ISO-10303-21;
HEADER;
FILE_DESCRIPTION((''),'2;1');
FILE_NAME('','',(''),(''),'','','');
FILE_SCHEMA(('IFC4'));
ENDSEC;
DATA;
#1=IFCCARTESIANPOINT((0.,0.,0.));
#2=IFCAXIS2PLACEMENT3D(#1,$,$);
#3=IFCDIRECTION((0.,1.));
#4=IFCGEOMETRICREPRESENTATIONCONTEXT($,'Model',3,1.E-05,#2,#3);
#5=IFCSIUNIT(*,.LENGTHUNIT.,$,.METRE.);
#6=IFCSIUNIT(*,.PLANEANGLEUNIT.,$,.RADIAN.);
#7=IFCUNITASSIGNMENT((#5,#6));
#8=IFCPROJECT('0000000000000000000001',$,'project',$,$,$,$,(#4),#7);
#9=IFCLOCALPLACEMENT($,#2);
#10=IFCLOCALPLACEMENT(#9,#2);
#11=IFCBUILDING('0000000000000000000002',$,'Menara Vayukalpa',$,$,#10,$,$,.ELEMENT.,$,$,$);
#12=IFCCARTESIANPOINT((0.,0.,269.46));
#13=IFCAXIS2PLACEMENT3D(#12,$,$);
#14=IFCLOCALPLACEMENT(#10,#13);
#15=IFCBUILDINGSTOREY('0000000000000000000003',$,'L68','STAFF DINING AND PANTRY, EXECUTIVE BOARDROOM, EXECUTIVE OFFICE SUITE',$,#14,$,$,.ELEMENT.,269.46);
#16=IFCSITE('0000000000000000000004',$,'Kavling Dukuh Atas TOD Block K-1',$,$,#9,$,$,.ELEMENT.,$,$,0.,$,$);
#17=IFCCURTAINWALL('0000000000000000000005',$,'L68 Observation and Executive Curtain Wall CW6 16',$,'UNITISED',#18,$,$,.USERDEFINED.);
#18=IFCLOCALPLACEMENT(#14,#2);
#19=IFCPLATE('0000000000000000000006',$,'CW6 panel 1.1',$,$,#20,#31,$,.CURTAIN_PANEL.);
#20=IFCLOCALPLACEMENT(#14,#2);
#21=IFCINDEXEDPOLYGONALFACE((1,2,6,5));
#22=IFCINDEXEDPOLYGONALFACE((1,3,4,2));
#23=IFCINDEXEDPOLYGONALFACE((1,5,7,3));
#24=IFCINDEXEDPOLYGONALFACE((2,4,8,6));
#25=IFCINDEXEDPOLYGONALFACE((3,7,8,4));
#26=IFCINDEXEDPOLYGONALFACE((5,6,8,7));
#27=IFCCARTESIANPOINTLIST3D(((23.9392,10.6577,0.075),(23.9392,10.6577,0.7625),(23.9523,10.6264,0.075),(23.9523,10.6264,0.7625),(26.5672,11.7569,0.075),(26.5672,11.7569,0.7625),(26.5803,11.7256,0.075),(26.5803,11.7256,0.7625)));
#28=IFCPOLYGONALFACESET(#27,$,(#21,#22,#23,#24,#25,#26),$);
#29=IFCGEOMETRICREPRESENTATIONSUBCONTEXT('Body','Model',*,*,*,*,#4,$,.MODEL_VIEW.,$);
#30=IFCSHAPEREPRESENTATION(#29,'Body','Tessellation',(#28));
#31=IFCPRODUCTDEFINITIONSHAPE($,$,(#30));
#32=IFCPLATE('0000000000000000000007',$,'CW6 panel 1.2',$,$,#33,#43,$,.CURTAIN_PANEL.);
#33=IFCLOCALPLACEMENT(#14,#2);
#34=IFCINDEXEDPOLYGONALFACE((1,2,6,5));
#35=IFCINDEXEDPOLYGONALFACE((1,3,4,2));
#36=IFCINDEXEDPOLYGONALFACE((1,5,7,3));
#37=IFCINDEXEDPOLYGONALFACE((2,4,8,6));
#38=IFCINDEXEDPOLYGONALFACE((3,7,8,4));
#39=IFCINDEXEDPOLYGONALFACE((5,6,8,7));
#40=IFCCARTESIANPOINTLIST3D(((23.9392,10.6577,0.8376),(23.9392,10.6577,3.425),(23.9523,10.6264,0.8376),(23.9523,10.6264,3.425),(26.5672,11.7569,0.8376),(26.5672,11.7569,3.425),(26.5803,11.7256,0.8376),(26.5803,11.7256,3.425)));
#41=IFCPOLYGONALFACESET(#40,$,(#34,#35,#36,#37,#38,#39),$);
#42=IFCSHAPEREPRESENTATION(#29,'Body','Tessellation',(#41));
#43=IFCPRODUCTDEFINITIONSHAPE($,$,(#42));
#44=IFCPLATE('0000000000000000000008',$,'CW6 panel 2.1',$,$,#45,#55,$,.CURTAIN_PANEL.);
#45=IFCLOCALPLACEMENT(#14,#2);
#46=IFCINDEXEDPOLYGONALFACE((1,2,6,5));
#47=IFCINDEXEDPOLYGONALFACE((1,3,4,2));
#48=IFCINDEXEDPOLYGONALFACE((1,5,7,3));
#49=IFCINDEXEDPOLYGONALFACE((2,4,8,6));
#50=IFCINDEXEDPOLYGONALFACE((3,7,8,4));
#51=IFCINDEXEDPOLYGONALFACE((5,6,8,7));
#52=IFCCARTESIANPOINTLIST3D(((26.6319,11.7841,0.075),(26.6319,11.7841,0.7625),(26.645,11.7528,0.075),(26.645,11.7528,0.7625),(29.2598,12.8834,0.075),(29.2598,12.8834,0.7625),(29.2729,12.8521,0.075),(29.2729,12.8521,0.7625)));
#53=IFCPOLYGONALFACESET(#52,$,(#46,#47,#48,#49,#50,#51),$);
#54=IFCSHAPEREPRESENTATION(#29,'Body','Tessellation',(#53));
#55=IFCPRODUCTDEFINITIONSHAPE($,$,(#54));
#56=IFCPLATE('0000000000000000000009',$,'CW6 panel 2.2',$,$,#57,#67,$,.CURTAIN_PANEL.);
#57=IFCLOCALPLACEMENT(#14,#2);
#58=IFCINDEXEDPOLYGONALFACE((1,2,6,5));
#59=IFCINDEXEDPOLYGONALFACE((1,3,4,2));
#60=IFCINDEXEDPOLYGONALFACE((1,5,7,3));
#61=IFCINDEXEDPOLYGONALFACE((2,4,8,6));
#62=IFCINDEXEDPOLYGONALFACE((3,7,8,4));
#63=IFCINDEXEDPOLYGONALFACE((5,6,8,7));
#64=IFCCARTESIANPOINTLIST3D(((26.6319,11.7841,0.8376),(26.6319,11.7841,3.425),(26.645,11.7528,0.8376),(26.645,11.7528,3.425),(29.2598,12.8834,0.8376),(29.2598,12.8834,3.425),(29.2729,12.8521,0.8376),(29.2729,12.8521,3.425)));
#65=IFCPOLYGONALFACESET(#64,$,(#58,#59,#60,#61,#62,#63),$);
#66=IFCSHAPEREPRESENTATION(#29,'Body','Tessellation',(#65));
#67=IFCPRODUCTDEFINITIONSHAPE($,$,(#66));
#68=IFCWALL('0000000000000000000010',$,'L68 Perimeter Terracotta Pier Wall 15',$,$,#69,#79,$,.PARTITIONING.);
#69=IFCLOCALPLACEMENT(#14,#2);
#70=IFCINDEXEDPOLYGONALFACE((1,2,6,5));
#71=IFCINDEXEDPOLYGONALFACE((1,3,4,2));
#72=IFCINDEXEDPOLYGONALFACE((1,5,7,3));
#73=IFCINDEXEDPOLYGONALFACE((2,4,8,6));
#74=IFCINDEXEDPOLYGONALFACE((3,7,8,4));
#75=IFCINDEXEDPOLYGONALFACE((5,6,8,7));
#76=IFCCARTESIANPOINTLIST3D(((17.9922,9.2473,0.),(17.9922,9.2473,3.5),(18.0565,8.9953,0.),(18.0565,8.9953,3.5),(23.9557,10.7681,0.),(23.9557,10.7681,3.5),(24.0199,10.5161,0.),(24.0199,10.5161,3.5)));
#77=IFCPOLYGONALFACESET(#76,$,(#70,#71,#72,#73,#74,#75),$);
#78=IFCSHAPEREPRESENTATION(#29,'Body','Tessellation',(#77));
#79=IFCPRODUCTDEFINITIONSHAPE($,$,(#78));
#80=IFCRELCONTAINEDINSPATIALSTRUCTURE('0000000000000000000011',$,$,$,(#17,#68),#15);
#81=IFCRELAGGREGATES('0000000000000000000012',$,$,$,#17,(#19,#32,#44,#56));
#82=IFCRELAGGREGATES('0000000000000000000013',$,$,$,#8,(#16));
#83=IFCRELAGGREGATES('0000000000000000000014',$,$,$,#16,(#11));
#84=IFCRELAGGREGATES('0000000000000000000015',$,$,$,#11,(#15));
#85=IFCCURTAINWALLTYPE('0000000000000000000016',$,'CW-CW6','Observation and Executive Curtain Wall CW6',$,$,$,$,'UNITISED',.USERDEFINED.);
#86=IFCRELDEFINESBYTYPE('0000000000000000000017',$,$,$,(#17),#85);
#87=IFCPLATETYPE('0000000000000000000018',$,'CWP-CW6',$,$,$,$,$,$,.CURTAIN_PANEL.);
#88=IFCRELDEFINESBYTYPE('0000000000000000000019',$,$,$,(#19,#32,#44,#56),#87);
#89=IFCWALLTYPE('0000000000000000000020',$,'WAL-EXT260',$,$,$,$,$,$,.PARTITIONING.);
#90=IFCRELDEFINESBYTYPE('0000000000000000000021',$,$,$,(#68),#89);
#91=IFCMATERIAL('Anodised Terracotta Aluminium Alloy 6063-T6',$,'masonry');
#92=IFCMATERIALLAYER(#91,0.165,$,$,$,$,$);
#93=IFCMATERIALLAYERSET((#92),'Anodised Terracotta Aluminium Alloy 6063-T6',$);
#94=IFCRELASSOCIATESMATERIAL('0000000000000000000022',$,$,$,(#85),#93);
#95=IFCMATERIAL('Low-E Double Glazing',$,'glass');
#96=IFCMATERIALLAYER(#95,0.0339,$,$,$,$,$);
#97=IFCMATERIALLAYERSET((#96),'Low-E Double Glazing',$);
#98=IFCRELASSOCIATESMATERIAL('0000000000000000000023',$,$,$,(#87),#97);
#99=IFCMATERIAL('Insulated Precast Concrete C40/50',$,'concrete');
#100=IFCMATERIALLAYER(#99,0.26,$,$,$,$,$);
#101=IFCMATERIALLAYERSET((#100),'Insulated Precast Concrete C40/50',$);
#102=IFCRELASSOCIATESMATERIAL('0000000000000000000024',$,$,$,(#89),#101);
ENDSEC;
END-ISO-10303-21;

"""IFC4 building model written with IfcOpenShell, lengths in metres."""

from ifc_helpers import new_model, si_unit, direction, frame, frame_2d, origin, origin_2d, place, context, subcontext, project, spatial, rectangle, extrude, material, layer, layer_set, type_object, element, aggregate, save


model = new_model("IFC4")

# Units and contexts
model_context = context("Model", 3, precision=1e-05, world=origin(), true_north=direction((0.0, 1.0)))
body_context = subcontext(model_context, "Body", "Model", "MODEL_VIEW")
ifc_project = project(units=[si_unit("LENGTHUNIT", "METRE"), si_unit("PLANEANGLEUNIT", "RADIAN")], contexts=[model_context])

# Site, building, storey
site_placement = place(None, origin())
site = spatial("IfcSite", under=ifc_project, at=site_placement, Name="Kavling Dukuh Atas TOD Block K-1", CompositionType="ELEMENT", RefElevation=0.0)
building_placement = place(site_placement, origin())
building = spatial("IfcBuilding", under=site, at=building_placement, Name="Menara Vayukalpa", CompositionType="ELEMENT")
storey_placement = place(building_placement, frame((0.0, 0.0, 269.46)))
storey = spatial("IfcBuildingStorey", under=building, at=storey_placement, Name="L68", Description="STAFF DINING AND PANTRY, EXECUTIVE BOARDROOM, EXECUTIVE OFFICE SUITE", CompositionType="ELEMENT", Elevation=269.46)

# Curtain wall, plates
ifc_material_1 = material(Name="Anodised Terracotta Aluminium Alloy 6063-T6", Category="masonry")
ifc_layer_1 = layer(ifc_material_1, 0.165)
ifc_layer_set_1 = layer_set([ifc_layer_1], Name="Anodised Terracotta Aluminium Alloy 6063-T6")
curtain_wall_type = type_object("IfcCurtainWallType", Name="CW-CW6", Description="Observation and Executive Curtain Wall CW6", ElementType="UNITISED", PredefinedType="USERDEFINED", material=ifc_layer_set_1)
curtain_wall_placement = place(storey_placement, origin())
curtain_wall = element("IfcCurtainWall", 1, at=curtain_wall_placement, inside=storey, type_object=curtain_wall_type, Name="L68 Observation and Executive Curtain Wall CW6 16", ObjectType="UNITISED", PredefinedType="USERDEFINED")
ifc_material_2 = material(Name="Low-E Double Glazing", Category="glass")
ifc_layer_2 = layer(ifc_material_2, 0.0339)
ifc_layer_set_2 = layer_set([ifc_layer_2], Name="Low-E Double Glazing")
plate_type = type_object("IfcPlateType", Name="CWP-CW6", PredefinedType="CURTAIN_PANEL", material=ifc_layer_set_2)
plate_1_placement = place(storey_placement, frame((25.2598, 11.1917, 0.075), z_axis=(0.0, 0.0, 1.0), x_axis=(0.922541, 0.3859, 0.0)))
plate_1 = element("IfcPlate", 2, at=plate_1_placement, type_object=plate_type, Name="CW6 panel 1.1", PredefinedType="CURTAIN_PANEL", context=body_context, shape_type="SweptSolid", body=[
    extrude(rectangle(XDim=2.8486, YDim=0.0339, at=origin_2d()), origin(), (0.0, 0.0, 1.0), 0.6875),
])
plate_2_placement = place(storey_placement, frame((25.2598, 11.1917, 0.8376), z_axis=(0.0, 0.0, 1.0), x_axis=(0.922541, 0.3859, 0.0)))
plate_2 = element("IfcPlate", 3, at=plate_2_placement, type_object=plate_type, Name="CW6 panel 1.2", PredefinedType="CURTAIN_PANEL", context=body_context, shape_type="SweptSolid", body=[
    extrude(rectangle(XDim=2.8486, YDim=0.0339, at=origin_2d()), origin(), (0.0, 0.0, 1.0), 2.5874),
])
plate_3_placement = place(storey_placement, frame((27.9524, 12.3181, 0.075), z_axis=(0.0, 0.0, 1.0), x_axis=(0.922541, 0.3859, 0.0)))
plate_3 = element("IfcPlate", 4, at=plate_3_placement, type_object=plate_type, Name="CW6 panel 2.1", PredefinedType="CURTAIN_PANEL", context=body_context, shape_type="SweptSolid", body=[
    extrude(rectangle(XDim=2.8486, YDim=0.0339, at=origin_2d()), origin(), (0.0, 0.0, 1.0), 0.6875),
])
plate_4_placement = place(storey_placement, frame((27.9524, 12.3181, 0.8376), z_axis=(0.0, 0.0, 1.0), x_axis=(0.922541, 0.3859, 0.0)))
plate_4 = element("IfcPlate", 5, at=plate_4_placement, type_object=plate_type, Name="CW6 panel 2.2", PredefinedType="CURTAIN_PANEL", context=body_context, shape_type="SweptSolid", body=[
    extrude(rectangle(XDim=2.8486, YDim=0.0339, at=origin_2d()), origin(), (0.0, 0.0, 1.0), 2.5874),
])
aggregate(curtain_wall, [plate_1, plate_2, plate_3, plate_4])

# Wall
ifc_material_3 = material(Name="Insulated Precast Concrete C40/50", Category="concrete")
ifc_layer_3 = layer(ifc_material_3, 0.26)
ifc_layer_set_3 = layer_set([ifc_layer_3], Name="Insulated Precast Concrete C40/50")
wall_type = type_object("IfcWallType", Name="WAL-EXT260", PredefinedType="PARTITIONING", material=ifc_layer_set_3)
wall_placement = place(storey_placement, frame((23.9878, 10.6421, 0.0), z_axis=(0.0, 0.0, 1.0), x_axis=(-0.968988, -0.247107, 0.0)))
element("IfcWall", 6, at=wall_placement, inside=storey, type_object=wall_type, Name="L68 Perimeter Terracotta Pier Wall 15", PredefinedType="PARTITIONING", context=body_context, shape_type="SweptSolid", body=[
    extrude(rectangle(XDim=6.1543, YDim=0.26, at=frame_2d((3.0771, 0.0))), origin(), (0.0, 0.0, 1.0), 3.5),
])

save(model, "model.ifc")
